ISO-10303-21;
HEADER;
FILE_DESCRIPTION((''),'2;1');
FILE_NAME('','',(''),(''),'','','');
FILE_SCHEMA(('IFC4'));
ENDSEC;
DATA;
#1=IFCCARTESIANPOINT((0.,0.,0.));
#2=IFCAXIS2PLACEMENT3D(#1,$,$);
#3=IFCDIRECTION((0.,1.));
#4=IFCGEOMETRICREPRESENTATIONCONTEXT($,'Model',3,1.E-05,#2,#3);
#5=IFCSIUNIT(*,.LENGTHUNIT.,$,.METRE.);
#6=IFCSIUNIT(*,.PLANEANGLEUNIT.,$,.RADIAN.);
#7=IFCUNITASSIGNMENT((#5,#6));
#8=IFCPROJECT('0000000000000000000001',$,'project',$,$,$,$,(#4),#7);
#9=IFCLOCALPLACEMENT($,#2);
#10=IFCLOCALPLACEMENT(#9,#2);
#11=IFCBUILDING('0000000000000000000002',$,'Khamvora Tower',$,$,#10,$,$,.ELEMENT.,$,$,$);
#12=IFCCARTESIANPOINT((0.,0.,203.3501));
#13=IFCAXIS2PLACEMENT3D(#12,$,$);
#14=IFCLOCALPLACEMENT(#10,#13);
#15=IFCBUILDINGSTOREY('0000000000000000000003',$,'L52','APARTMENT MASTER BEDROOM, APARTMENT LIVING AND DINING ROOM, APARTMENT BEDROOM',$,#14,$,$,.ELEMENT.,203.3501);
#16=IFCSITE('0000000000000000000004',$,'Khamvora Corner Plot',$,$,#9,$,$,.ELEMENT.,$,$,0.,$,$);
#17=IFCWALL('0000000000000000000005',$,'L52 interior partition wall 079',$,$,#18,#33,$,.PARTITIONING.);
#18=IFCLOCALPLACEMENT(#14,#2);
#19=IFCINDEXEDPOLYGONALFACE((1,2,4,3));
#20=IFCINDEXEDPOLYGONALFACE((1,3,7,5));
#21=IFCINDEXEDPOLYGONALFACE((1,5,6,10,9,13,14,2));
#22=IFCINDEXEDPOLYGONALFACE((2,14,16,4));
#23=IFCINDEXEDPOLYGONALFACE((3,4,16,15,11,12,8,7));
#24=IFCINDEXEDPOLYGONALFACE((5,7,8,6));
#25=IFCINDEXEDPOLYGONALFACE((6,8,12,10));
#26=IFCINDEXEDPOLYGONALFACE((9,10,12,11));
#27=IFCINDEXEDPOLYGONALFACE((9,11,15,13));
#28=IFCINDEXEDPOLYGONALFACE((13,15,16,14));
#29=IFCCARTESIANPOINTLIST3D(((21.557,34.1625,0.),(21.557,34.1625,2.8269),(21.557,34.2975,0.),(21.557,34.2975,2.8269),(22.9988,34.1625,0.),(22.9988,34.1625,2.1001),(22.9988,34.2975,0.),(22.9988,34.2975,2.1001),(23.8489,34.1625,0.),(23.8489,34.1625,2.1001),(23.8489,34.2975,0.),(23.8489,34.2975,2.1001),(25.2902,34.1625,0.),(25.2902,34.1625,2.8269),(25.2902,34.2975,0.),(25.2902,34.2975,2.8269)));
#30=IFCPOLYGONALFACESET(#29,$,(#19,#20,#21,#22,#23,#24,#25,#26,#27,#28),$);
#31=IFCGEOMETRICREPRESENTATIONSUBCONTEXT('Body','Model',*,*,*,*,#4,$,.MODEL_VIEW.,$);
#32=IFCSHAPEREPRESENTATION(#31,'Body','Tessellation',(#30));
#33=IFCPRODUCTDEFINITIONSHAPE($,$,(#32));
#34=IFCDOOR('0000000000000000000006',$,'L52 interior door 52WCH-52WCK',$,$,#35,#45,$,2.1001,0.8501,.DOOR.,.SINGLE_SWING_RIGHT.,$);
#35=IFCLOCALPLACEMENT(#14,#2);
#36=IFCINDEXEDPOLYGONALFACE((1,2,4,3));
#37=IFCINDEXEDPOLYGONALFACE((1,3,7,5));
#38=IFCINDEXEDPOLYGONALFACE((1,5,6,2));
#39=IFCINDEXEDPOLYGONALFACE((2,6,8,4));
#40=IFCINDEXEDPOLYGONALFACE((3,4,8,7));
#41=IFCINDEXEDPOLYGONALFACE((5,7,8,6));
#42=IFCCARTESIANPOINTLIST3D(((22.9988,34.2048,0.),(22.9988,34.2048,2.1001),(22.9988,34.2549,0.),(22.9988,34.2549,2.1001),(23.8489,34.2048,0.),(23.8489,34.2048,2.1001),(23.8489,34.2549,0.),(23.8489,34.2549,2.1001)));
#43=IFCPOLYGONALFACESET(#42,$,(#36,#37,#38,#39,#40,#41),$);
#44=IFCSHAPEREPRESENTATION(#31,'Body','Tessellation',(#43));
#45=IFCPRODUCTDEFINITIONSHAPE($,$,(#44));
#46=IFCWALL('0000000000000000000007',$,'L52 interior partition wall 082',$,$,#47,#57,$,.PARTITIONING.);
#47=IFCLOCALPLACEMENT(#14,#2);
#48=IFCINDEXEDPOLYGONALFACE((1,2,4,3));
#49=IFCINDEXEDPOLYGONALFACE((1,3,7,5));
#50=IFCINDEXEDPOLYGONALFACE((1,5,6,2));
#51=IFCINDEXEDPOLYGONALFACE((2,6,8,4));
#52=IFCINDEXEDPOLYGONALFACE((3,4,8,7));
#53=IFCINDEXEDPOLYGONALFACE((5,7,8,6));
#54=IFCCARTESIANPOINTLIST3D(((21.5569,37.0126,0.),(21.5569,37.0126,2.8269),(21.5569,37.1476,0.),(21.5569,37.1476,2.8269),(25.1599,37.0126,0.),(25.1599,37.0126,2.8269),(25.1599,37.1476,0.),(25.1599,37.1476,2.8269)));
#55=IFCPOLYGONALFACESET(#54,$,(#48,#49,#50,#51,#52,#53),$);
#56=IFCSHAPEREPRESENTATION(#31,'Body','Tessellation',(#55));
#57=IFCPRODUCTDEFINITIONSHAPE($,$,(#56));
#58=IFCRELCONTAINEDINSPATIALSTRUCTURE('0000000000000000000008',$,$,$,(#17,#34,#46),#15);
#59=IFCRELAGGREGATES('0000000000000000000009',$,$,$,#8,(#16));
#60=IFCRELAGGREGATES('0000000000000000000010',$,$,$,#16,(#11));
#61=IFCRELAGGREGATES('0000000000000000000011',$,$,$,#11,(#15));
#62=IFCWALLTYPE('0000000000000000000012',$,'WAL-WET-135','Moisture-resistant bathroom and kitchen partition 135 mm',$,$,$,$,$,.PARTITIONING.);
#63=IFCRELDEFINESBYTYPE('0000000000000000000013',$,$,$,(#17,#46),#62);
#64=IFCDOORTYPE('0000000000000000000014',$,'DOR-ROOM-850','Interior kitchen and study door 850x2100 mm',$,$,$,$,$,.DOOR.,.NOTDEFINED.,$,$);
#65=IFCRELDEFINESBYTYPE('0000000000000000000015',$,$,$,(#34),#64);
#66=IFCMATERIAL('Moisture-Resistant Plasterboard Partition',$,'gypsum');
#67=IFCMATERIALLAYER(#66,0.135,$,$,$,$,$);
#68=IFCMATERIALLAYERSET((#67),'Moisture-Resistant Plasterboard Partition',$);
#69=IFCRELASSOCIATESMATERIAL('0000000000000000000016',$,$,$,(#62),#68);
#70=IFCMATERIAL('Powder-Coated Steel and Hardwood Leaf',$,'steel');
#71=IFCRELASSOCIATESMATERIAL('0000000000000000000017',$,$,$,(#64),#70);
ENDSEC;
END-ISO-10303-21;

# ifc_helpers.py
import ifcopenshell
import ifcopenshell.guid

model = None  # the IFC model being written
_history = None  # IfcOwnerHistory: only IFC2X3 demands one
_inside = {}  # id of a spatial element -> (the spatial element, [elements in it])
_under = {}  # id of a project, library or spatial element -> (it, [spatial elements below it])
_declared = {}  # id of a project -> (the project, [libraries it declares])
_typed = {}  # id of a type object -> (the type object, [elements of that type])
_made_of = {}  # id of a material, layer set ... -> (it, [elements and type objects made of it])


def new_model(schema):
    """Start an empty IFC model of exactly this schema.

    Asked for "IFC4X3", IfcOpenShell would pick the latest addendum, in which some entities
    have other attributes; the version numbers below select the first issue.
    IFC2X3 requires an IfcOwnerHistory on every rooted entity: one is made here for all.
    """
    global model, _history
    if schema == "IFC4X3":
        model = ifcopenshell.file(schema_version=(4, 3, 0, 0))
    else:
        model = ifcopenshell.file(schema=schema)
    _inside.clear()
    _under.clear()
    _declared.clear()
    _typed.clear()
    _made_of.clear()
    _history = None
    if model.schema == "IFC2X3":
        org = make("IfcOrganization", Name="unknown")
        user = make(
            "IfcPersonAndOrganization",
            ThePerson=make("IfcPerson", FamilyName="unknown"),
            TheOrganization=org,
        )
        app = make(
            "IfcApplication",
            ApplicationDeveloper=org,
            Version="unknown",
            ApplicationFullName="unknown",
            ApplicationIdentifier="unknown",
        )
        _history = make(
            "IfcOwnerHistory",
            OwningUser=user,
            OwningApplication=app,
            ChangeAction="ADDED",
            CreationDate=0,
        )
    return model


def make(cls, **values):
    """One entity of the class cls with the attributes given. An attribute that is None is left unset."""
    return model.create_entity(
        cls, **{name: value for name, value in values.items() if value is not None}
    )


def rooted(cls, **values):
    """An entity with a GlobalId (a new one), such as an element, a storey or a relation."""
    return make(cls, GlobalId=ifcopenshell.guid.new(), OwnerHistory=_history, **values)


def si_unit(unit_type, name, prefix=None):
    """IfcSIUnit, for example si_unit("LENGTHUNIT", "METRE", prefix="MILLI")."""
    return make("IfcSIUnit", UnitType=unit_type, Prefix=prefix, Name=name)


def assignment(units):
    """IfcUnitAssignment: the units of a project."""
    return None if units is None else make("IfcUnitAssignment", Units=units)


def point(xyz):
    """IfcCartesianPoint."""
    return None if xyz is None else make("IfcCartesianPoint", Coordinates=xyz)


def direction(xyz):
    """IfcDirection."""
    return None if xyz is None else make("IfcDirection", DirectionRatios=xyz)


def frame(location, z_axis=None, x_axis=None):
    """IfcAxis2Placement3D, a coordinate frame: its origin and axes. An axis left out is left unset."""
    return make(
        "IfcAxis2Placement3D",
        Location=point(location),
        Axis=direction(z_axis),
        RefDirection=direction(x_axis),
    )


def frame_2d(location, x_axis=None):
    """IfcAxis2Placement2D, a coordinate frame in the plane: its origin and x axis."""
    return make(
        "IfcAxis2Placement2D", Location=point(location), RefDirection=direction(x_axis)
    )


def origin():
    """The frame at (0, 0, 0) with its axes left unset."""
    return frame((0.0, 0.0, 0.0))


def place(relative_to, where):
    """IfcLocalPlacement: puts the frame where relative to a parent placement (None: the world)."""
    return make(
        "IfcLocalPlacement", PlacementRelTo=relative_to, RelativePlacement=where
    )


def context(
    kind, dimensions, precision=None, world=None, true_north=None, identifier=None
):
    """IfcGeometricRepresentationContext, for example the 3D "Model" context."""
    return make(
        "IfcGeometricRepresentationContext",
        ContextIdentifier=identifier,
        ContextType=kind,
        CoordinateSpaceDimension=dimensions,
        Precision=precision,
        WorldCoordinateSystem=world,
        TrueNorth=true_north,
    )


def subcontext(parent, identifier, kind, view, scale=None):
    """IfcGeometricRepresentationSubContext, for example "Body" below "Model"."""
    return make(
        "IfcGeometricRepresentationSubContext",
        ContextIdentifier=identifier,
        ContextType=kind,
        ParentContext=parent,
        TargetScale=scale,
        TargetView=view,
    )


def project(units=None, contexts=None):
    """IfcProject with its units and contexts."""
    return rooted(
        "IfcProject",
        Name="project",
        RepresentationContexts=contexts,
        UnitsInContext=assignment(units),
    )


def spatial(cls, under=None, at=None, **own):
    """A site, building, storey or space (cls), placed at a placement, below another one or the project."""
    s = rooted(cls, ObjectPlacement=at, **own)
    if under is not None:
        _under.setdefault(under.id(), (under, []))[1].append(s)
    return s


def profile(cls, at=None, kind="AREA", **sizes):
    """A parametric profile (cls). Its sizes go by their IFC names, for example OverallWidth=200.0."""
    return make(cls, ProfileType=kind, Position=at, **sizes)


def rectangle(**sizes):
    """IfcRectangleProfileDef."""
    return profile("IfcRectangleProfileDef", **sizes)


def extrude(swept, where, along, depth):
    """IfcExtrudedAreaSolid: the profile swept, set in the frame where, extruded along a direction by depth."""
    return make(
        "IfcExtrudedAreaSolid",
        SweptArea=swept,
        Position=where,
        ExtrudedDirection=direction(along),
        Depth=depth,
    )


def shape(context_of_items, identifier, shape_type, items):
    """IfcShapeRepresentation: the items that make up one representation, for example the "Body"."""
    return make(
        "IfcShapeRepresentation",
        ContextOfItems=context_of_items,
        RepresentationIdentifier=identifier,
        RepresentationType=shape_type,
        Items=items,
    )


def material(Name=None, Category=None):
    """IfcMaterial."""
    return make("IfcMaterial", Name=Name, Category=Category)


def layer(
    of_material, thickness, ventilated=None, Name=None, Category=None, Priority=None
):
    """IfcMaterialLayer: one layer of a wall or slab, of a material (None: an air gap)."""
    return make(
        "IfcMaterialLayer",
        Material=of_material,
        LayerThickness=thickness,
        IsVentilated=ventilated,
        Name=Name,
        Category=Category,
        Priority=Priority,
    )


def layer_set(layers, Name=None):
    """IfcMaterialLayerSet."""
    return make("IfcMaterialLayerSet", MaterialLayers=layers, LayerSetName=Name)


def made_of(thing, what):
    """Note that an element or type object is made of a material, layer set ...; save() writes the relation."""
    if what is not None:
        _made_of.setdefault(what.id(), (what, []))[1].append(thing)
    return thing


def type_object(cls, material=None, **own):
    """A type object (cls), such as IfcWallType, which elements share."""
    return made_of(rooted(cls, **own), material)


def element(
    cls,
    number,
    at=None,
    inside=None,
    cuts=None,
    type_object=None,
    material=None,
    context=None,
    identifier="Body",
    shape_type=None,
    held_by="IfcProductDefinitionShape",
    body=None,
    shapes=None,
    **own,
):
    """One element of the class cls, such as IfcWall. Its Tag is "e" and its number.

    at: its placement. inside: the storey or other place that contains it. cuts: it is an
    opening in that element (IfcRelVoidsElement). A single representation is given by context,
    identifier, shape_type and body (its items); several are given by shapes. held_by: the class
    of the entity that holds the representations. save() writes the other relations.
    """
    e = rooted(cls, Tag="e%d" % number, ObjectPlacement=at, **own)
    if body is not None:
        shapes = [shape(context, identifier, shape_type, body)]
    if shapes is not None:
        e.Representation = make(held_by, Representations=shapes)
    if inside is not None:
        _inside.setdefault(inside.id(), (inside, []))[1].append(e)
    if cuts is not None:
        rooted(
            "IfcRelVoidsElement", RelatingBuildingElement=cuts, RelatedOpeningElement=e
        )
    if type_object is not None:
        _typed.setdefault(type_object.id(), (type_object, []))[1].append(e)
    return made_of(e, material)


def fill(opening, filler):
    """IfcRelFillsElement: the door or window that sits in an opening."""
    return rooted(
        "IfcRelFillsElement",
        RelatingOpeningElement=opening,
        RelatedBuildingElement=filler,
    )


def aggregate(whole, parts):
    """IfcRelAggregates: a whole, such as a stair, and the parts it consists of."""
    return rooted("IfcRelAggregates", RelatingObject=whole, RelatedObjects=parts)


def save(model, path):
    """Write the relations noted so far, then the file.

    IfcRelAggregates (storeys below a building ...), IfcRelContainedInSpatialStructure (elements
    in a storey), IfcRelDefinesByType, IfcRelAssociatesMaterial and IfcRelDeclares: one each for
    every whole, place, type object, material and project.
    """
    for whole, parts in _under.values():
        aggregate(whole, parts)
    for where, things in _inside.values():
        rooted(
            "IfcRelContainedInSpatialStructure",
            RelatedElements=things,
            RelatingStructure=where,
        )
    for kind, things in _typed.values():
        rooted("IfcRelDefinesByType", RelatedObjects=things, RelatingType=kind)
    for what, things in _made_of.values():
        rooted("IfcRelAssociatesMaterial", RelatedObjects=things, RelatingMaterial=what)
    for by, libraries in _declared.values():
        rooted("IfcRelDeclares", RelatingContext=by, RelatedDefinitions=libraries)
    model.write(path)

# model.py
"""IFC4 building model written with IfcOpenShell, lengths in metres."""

from ifc_helpers import new_model, si_unit, direction, frame, frame_2d, origin, place, context, subcontext, project, spatial, rectangle, extrude, material, layer, layer_set, type_object, element, fill, save


model = new_model("IFC4")

# Units and contexts
model_context = context("Model", 3, precision=1e-05, world=origin(), true_north=direction((0.0, 1.0)))
body_context = subcontext(model_context, "Body", "Model", "MODEL_VIEW")
ifc_project = project(units=[si_unit("LENGTHUNIT", "METRE"), si_unit("PLANEANGLEUNIT", "RADIAN")], contexts=[model_context])

# Site, building, storey
site_placement = place(None, origin())
site = spatial("IfcSite", under=ifc_project, at=site_placement, Name="Khamvora Corner Plot", CompositionType="ELEMENT", RefElevation=0.0)
building_placement = place(site_placement, origin())
building = spatial("IfcBuilding", under=site, at=building_placement, Name="Khamvora Tower", CompositionType="ELEMENT")
storey_placement = place(building_placement, frame((0.0, 0.0, 203.3501)))
storey = spatial("IfcBuildingStorey", under=building, at=storey_placement, Name="L52", Description="APARTMENT MASTER BEDROOM, APARTMENT LIVING AND DINING ROOM, APARTMENT BEDROOM", CompositionType="ELEMENT", Elevation=203.3501)

# Shared definitions
ifc_material_1 = material(Name="Powder-Coated Steel and Hardwood Leaf", Category="steel")

# Wall, opening, door
ifc_material_2 = material(Name="Moisture-Resistant Plasterboard Partition", Category="gypsum")
ifc_layer_1 = layer(ifc_material_2, 0.135)
ifc_layer_set_1 = layer_set([ifc_layer_1], Name="Moisture-Resistant Plasterboard Partition")
wall_type_1 = type_object("IfcWallType", Name="WAL-WET-135", Description="Moisture-resistant bathroom and kitchen partition 135 mm", PredefinedType="PARTITIONING", material=ifc_layer_set_1)
wall_1_placement = place(storey_placement, frame((21.5569, 34.23, 0.0), z_axis=(0.0, 0.0, 1.0), x_axis=(1.0, 0.0, 0.0)))
wall_1 = element("IfcWall", 1, at=wall_1_placement, inside=storey, type_object=wall_type_1, Name="L52 interior partition wall 079", PredefinedType="PARTITIONING", context=body_context, shape_type="SweptSolid", body=[
    extrude(rectangle(XDim=3.7332, YDim=0.135, at=frame_2d((1.8667, 0.0))), origin(), (0.0, 0.0, 1.0), 2.8269),
])
opening_1_placement = place(wall_1_placement, frame((1.4419, 0.0, 0.0)))
opening_1 = element("IfcOpeningElement", 2, at=opening_1_placement, cuts=wall_1, PredefinedType="OPENING", context=body_context, shape_type="SweptSolid", body=[
    extrude(rectangle(XDim=0.8501, YDim=2.1001, at=frame_2d((0.425, 1.05))), frame((0.0, 0.0774, 0.0), z_axis=(0.0, -1.0, 0.0), x_axis=(1.0, 0.0, 0.0)), (0.0, 0.0, 1.0), 0.155),
])
door_type_1 = type_object("IfcDoorType", Name="DOR-ROOM-850", Description="Interior kitchen and study door 850x2100 mm", OperationType="NOTDEFINED", PredefinedType="DOOR", material=ifc_material_1)
door_1_placement = place(opening_1_placement, origin())
door_1 = element("IfcDoor", 3, at=door_1_placement, inside=storey, type_object=door_type_1, Name="L52 interior door 52WCH-52WCK", OperationType="SINGLE_SWING_RIGHT", OverallHeight=2.1001, OverallWidth=0.8501, PredefinedType="DOOR", context=body_context, shape_type="SweptSolid", body=[
    extrude(rectangle(XDim=0.8501, YDim=2.1001, at=frame_2d((0.425, 1.05))), frame((0.0, 0.0249, 0.0), z_axis=(0.0, -1.0, 0.0), x_axis=(1.0, 0.0, 0.0)), (0.0, 0.0, 1.0), 0.05),
])
fill(opening_1, door_1)

# Wall
wall_2_placement = place(storey_placement, frame((21.5569, 37.0801, 0.0), z_axis=(0.0, 0.0, 1.0), x_axis=(1.0, 0.0, 0.0)))
element("IfcWall", 4, at=wall_2_placement, inside=storey, type_object=wall_type_1, Name="L52 interior partition wall 082", PredefinedType="PARTITIONING", context=body_context, shape_type="SweptSolid", body=[
    extrude(rectangle(XDim=3.603, YDim=0.135, at=frame_2d((1.8015, 0.0))), origin(), (0.0, 0.0, 1.0), 2.8269),
])

save(model, "model.ifc")
